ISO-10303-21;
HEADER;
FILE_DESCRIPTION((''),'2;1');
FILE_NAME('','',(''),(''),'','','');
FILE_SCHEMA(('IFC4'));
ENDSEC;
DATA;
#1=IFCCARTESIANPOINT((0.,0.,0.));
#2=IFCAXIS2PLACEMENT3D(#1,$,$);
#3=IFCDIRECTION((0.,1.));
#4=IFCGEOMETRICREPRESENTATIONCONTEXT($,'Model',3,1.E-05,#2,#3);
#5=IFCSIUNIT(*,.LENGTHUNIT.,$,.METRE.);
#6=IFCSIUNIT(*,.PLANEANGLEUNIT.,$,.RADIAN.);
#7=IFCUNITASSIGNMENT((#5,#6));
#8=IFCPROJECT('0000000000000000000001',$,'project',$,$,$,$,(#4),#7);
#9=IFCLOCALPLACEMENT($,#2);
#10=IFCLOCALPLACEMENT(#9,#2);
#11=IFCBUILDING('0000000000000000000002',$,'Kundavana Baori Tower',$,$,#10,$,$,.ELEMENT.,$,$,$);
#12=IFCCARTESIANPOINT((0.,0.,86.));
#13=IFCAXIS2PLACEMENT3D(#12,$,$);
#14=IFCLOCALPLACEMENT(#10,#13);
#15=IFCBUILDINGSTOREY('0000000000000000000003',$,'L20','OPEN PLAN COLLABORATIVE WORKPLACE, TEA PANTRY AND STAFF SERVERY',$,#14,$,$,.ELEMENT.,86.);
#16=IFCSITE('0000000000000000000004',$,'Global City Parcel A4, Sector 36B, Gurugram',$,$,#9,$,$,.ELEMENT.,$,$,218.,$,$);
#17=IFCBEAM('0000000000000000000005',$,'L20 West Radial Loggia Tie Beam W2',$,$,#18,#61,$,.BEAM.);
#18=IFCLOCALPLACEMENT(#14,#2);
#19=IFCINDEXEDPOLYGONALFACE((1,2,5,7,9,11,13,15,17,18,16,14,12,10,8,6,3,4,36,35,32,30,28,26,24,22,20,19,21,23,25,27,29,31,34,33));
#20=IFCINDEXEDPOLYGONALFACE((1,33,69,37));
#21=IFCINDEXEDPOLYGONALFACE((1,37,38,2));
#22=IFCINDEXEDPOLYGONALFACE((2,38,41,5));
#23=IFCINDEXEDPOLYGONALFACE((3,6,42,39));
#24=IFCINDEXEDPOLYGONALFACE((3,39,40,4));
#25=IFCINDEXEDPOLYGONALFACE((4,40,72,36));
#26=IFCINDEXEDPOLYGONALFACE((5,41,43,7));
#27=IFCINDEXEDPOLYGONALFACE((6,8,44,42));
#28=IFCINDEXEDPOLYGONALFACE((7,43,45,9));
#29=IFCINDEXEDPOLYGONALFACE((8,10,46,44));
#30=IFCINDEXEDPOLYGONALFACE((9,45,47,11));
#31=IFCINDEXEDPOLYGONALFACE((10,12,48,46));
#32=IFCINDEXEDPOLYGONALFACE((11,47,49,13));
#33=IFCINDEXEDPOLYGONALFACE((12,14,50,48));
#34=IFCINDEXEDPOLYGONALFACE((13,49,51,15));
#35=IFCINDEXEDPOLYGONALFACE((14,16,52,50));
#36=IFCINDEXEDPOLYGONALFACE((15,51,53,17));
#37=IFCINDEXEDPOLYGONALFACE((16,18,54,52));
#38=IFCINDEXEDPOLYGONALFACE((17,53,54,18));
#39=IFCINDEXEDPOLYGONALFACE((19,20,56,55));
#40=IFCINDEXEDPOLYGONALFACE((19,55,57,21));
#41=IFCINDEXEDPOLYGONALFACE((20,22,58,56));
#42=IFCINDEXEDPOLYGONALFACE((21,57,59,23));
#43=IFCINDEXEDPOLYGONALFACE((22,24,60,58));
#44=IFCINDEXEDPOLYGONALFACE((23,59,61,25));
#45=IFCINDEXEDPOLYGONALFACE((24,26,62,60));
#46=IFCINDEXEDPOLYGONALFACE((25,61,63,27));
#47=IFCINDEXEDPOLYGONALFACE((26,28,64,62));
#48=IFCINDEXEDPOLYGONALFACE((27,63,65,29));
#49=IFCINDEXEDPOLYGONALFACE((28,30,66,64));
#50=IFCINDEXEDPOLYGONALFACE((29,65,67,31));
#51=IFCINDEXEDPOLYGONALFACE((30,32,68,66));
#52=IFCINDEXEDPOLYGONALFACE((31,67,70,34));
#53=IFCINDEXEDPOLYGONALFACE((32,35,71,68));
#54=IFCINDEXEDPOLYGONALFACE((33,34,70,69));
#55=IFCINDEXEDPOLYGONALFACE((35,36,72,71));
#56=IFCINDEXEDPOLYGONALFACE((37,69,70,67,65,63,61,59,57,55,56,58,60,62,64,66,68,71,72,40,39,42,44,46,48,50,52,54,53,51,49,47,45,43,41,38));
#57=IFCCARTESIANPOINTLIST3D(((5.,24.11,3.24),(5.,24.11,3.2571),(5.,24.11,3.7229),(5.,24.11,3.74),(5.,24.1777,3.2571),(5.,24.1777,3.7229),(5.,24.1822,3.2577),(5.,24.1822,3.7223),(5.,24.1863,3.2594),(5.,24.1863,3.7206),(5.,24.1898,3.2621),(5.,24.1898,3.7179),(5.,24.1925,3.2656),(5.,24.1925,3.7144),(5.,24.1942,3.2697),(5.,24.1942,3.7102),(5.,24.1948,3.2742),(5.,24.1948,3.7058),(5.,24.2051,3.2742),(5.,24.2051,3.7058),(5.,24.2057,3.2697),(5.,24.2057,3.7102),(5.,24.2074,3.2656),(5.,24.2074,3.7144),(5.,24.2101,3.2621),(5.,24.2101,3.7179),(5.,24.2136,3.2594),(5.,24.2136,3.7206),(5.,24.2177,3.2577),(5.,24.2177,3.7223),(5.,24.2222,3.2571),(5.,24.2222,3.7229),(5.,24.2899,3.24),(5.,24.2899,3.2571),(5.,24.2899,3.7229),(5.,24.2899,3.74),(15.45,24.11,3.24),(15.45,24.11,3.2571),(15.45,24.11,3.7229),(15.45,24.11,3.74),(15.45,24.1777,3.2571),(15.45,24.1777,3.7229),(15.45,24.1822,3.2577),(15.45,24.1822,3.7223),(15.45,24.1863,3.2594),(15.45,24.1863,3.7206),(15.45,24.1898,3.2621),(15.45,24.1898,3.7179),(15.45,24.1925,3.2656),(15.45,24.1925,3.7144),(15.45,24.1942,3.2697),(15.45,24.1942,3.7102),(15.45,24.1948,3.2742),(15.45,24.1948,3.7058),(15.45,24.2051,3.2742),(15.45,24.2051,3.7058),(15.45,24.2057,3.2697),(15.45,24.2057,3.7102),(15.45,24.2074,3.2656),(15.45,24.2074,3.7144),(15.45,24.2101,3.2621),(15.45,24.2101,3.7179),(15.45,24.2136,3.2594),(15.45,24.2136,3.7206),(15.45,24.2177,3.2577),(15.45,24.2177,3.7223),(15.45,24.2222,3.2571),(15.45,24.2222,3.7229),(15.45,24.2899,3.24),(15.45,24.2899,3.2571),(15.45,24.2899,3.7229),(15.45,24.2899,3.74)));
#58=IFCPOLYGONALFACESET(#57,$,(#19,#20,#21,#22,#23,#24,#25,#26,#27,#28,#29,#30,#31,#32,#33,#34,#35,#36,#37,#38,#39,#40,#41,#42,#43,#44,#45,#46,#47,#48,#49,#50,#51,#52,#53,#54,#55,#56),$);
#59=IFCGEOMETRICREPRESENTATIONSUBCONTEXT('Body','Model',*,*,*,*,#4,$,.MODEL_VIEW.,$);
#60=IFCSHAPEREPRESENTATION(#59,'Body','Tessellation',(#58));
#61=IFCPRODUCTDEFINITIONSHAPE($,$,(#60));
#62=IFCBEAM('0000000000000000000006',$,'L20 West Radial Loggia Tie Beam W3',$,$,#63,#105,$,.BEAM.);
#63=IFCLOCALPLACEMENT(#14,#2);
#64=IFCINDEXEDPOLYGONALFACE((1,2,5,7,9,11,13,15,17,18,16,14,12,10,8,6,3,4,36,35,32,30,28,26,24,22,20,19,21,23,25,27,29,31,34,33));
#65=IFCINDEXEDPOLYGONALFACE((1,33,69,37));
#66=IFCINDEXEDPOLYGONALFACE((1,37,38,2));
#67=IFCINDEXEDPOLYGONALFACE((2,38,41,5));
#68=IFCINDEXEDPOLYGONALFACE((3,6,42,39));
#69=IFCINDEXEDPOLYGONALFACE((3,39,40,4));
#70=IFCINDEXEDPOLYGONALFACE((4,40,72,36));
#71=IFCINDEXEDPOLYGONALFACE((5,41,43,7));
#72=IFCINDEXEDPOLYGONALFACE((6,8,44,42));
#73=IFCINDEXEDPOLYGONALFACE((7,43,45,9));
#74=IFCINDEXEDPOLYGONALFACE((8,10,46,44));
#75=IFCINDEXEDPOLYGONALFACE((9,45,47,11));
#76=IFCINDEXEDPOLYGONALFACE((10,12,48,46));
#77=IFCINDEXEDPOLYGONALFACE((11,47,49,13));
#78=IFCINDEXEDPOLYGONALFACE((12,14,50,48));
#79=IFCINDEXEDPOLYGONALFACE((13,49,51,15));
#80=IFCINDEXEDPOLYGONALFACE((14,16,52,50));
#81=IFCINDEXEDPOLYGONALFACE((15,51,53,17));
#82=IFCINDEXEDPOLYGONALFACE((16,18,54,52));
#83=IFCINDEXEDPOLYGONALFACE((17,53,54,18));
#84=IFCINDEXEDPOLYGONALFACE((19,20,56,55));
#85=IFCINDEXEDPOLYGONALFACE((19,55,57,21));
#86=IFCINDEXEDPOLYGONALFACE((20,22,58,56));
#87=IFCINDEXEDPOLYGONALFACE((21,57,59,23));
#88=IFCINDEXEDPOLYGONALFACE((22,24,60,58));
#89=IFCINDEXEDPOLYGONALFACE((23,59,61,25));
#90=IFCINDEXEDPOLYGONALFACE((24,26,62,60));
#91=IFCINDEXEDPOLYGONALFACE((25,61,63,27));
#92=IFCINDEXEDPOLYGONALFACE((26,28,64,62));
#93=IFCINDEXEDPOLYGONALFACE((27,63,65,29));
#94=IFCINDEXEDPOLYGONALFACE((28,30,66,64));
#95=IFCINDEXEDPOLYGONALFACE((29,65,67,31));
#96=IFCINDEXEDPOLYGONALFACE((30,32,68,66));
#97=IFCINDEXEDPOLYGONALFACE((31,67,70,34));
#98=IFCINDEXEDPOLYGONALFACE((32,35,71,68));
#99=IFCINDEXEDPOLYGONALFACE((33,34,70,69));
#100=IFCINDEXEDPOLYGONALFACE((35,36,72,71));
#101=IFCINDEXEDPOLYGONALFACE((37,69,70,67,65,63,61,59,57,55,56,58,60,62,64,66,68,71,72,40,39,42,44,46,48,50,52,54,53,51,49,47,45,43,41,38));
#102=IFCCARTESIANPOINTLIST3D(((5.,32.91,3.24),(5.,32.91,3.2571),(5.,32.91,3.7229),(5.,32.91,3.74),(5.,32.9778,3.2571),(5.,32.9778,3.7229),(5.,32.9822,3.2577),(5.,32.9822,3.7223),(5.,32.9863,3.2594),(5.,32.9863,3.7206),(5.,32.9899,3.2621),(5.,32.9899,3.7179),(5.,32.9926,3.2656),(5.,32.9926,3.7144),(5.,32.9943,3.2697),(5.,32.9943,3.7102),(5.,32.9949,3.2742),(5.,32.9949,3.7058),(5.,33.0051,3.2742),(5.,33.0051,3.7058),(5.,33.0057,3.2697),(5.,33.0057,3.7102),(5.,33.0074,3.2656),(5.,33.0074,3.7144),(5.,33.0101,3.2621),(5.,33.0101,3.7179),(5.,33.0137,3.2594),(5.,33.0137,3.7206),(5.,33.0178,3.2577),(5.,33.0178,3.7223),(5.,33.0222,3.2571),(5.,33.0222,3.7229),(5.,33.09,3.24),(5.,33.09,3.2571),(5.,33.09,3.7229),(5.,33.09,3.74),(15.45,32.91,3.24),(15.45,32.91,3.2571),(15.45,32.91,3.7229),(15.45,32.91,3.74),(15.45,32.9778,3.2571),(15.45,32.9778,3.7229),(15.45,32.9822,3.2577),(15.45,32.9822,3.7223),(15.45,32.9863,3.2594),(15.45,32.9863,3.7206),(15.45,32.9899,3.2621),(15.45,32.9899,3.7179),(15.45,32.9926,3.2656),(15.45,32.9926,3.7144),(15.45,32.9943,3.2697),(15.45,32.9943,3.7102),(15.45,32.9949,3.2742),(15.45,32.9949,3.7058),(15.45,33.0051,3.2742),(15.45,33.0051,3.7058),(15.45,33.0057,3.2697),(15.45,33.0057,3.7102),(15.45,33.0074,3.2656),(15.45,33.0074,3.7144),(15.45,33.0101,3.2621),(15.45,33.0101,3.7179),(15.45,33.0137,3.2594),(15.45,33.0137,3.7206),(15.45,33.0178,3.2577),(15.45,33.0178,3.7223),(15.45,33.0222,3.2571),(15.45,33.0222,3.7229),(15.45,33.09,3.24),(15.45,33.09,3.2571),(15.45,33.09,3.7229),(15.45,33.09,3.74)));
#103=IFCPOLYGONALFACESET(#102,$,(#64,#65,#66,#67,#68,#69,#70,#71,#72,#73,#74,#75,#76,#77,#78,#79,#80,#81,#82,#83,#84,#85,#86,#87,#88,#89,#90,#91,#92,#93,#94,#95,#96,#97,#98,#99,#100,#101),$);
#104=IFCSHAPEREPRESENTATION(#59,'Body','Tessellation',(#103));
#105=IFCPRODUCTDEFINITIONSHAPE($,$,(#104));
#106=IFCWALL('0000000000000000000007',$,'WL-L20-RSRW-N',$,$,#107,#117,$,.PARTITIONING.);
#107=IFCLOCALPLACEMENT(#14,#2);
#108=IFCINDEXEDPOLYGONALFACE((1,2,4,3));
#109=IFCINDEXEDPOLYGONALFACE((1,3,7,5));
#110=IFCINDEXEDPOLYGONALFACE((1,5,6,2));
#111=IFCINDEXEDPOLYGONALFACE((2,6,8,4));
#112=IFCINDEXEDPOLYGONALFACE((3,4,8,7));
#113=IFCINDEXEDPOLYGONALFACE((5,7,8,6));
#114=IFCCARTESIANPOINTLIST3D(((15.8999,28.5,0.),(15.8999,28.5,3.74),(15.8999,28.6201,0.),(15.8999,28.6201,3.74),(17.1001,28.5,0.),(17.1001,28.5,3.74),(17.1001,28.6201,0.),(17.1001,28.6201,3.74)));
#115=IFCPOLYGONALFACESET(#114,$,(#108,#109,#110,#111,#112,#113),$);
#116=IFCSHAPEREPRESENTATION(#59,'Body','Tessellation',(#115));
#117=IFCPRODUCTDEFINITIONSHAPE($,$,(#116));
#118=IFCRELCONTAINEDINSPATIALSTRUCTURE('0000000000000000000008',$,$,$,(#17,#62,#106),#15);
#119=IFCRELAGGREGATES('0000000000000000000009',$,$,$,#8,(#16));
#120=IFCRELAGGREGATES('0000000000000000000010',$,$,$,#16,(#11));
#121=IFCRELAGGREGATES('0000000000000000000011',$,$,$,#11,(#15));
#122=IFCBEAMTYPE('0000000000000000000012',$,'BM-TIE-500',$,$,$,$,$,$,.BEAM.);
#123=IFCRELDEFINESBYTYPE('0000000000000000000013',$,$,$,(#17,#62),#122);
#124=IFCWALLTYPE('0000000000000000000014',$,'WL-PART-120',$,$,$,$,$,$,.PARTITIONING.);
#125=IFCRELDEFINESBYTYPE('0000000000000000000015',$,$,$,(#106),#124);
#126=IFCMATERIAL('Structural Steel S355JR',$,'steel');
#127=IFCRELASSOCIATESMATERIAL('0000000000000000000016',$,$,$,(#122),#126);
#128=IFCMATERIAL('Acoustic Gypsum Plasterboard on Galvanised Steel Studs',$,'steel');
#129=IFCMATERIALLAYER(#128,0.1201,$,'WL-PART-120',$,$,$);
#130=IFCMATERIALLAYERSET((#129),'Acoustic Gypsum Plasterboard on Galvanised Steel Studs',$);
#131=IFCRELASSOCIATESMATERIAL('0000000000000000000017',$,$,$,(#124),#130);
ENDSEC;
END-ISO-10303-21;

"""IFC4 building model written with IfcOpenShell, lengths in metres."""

from ifc_helpers import new_model, si_unit, direction, frame, frame_2d, origin, origin_2d, place, context, subcontext, project, spatial, rectangle, i_section, extrude, material, layer, layer_set, material_profile, profile_set, type_object, element, save


model = new_model("IFC4")

# Units and contexts
model_context = context("Model", 3, precision=1e-05, world=origin(), true_north=direction((0.0, 1.0)))
body_context = subcontext(model_context, "Body", "Model", "MODEL_VIEW")
ifc_project = project(units=[si_unit("LENGTHUNIT", "METRE"), si_unit("PLANEANGLEUNIT", "RADIAN")], contexts=[model_context])

# Site, building, storey
site_placement = place(None, origin())
site = spatial("IfcSite", under=ifc_project, at=site_placement, Name="Global City Parcel A4, Sector 36B, Gurugram", CompositionType="ELEMENT", RefElevation=218.0)
building_placement = place(site_placement, origin())
building = spatial("IfcBuilding", under=site, at=building_placement, Name="Kundavana Baori Tower", CompositionType="ELEMENT")
storey_placement = place(building_placement, frame((0.0, 0.0, 86.0)))
storey = spatial("IfcBuildingStorey", under=building, at=storey_placement, Name="L20", Description="OPEN PLAN COLLABORATIVE WORKPLACE, TEA PANTRY AND STAFF SERVERY", CompositionType="ELEMENT", Elevation=86.0)

# Beams
ifc_material_1 = material(Name="Structural Steel S355JR", Category="steel")
ifc_material_profile_1 = material_profile(ifc_material_1, i_section(OverallWidth=0.1799, OverallDepth=0.5, WebThickness=0.0103, FlangeThickness=0.0171, FilletRadius=0.0171, at=origin_2d()), Name="ISMB 500")
ifc_profile_set_1 = profile_set([ifc_material_profile_1], Name="Structural Steel S355JR")
beam_type_1 = type_object("IfcBeamType", Name="BM-TIE-500", PredefinedType="BEAM", material=ifc_profile_set_1)
for number, where, z_axis, x_axis, name in (
    (1, (15.45, 24.2, 3.49), (-1.0, 0.0, 0.0), (0.0, -1.0, 0.0), "L20 West Radial Loggia Tie Beam W2"),
    (2, (15.45, 33.0, 3.49), (-1.0, 0.0, 0.0), (0.0, -1.0, 0.0), "L20 West Radial Loggia Tie Beam W3"),
):
    element("IfcBeam", number, at=place(storey_placement, frame(where, z_axis=z_axis, x_axis=x_axis)), inside=storey, type_object=beam_type_1, Name=name, PredefinedType="BEAM", context=body_context, shape_type="SweptSolid", body=[
        extrude(i_section(OverallWidth=0.1799, OverallDepth=0.5, WebThickness=0.0103, FlangeThickness=0.0171, FilletRadius=0.0171, at=origin_2d()), origin(), (0.0, 0.0, 1.0), 10.45),
    ])

# Wall
ifc_material_2 = material(Name="Acoustic Gypsum Plasterboard on Galvanised Steel Studs", Category="steel")
ifc_layer_1 = layer(ifc_material_2, 0.1201, Name="WL-PART-120")
ifc_layer_set_1 = layer_set([ifc_layer_1], Name="Acoustic Gypsum Plasterboard on Galvanised Steel Studs")
wall_type_1 = type_object("IfcWallType", Name="WL-PART-120", PredefinedType="PARTITIONING", material=ifc_layer_set_1)
wall_1_placement = place(storey_placement, frame((15.8999, 28.5601, 0.0), z_axis=(0.0, 0.0, 1.0), x_axis=(1.0, 0.0, 0.0)))
element("IfcWall", 3, at=wall_1_placement, inside=storey, type_object=wall_type_1, Name="WL-L20-RSRW-N", PredefinedType="PARTITIONING", context=body_context, shape_type="SweptSolid", body=[
    extrude(rectangle(XDim=1.2002, YDim=0.1201, at=frame_2d((0.6001, 0.0))), origin(), (0.0, 0.0, 1.0), 3.74),
])

save(model, "model.ifc")
